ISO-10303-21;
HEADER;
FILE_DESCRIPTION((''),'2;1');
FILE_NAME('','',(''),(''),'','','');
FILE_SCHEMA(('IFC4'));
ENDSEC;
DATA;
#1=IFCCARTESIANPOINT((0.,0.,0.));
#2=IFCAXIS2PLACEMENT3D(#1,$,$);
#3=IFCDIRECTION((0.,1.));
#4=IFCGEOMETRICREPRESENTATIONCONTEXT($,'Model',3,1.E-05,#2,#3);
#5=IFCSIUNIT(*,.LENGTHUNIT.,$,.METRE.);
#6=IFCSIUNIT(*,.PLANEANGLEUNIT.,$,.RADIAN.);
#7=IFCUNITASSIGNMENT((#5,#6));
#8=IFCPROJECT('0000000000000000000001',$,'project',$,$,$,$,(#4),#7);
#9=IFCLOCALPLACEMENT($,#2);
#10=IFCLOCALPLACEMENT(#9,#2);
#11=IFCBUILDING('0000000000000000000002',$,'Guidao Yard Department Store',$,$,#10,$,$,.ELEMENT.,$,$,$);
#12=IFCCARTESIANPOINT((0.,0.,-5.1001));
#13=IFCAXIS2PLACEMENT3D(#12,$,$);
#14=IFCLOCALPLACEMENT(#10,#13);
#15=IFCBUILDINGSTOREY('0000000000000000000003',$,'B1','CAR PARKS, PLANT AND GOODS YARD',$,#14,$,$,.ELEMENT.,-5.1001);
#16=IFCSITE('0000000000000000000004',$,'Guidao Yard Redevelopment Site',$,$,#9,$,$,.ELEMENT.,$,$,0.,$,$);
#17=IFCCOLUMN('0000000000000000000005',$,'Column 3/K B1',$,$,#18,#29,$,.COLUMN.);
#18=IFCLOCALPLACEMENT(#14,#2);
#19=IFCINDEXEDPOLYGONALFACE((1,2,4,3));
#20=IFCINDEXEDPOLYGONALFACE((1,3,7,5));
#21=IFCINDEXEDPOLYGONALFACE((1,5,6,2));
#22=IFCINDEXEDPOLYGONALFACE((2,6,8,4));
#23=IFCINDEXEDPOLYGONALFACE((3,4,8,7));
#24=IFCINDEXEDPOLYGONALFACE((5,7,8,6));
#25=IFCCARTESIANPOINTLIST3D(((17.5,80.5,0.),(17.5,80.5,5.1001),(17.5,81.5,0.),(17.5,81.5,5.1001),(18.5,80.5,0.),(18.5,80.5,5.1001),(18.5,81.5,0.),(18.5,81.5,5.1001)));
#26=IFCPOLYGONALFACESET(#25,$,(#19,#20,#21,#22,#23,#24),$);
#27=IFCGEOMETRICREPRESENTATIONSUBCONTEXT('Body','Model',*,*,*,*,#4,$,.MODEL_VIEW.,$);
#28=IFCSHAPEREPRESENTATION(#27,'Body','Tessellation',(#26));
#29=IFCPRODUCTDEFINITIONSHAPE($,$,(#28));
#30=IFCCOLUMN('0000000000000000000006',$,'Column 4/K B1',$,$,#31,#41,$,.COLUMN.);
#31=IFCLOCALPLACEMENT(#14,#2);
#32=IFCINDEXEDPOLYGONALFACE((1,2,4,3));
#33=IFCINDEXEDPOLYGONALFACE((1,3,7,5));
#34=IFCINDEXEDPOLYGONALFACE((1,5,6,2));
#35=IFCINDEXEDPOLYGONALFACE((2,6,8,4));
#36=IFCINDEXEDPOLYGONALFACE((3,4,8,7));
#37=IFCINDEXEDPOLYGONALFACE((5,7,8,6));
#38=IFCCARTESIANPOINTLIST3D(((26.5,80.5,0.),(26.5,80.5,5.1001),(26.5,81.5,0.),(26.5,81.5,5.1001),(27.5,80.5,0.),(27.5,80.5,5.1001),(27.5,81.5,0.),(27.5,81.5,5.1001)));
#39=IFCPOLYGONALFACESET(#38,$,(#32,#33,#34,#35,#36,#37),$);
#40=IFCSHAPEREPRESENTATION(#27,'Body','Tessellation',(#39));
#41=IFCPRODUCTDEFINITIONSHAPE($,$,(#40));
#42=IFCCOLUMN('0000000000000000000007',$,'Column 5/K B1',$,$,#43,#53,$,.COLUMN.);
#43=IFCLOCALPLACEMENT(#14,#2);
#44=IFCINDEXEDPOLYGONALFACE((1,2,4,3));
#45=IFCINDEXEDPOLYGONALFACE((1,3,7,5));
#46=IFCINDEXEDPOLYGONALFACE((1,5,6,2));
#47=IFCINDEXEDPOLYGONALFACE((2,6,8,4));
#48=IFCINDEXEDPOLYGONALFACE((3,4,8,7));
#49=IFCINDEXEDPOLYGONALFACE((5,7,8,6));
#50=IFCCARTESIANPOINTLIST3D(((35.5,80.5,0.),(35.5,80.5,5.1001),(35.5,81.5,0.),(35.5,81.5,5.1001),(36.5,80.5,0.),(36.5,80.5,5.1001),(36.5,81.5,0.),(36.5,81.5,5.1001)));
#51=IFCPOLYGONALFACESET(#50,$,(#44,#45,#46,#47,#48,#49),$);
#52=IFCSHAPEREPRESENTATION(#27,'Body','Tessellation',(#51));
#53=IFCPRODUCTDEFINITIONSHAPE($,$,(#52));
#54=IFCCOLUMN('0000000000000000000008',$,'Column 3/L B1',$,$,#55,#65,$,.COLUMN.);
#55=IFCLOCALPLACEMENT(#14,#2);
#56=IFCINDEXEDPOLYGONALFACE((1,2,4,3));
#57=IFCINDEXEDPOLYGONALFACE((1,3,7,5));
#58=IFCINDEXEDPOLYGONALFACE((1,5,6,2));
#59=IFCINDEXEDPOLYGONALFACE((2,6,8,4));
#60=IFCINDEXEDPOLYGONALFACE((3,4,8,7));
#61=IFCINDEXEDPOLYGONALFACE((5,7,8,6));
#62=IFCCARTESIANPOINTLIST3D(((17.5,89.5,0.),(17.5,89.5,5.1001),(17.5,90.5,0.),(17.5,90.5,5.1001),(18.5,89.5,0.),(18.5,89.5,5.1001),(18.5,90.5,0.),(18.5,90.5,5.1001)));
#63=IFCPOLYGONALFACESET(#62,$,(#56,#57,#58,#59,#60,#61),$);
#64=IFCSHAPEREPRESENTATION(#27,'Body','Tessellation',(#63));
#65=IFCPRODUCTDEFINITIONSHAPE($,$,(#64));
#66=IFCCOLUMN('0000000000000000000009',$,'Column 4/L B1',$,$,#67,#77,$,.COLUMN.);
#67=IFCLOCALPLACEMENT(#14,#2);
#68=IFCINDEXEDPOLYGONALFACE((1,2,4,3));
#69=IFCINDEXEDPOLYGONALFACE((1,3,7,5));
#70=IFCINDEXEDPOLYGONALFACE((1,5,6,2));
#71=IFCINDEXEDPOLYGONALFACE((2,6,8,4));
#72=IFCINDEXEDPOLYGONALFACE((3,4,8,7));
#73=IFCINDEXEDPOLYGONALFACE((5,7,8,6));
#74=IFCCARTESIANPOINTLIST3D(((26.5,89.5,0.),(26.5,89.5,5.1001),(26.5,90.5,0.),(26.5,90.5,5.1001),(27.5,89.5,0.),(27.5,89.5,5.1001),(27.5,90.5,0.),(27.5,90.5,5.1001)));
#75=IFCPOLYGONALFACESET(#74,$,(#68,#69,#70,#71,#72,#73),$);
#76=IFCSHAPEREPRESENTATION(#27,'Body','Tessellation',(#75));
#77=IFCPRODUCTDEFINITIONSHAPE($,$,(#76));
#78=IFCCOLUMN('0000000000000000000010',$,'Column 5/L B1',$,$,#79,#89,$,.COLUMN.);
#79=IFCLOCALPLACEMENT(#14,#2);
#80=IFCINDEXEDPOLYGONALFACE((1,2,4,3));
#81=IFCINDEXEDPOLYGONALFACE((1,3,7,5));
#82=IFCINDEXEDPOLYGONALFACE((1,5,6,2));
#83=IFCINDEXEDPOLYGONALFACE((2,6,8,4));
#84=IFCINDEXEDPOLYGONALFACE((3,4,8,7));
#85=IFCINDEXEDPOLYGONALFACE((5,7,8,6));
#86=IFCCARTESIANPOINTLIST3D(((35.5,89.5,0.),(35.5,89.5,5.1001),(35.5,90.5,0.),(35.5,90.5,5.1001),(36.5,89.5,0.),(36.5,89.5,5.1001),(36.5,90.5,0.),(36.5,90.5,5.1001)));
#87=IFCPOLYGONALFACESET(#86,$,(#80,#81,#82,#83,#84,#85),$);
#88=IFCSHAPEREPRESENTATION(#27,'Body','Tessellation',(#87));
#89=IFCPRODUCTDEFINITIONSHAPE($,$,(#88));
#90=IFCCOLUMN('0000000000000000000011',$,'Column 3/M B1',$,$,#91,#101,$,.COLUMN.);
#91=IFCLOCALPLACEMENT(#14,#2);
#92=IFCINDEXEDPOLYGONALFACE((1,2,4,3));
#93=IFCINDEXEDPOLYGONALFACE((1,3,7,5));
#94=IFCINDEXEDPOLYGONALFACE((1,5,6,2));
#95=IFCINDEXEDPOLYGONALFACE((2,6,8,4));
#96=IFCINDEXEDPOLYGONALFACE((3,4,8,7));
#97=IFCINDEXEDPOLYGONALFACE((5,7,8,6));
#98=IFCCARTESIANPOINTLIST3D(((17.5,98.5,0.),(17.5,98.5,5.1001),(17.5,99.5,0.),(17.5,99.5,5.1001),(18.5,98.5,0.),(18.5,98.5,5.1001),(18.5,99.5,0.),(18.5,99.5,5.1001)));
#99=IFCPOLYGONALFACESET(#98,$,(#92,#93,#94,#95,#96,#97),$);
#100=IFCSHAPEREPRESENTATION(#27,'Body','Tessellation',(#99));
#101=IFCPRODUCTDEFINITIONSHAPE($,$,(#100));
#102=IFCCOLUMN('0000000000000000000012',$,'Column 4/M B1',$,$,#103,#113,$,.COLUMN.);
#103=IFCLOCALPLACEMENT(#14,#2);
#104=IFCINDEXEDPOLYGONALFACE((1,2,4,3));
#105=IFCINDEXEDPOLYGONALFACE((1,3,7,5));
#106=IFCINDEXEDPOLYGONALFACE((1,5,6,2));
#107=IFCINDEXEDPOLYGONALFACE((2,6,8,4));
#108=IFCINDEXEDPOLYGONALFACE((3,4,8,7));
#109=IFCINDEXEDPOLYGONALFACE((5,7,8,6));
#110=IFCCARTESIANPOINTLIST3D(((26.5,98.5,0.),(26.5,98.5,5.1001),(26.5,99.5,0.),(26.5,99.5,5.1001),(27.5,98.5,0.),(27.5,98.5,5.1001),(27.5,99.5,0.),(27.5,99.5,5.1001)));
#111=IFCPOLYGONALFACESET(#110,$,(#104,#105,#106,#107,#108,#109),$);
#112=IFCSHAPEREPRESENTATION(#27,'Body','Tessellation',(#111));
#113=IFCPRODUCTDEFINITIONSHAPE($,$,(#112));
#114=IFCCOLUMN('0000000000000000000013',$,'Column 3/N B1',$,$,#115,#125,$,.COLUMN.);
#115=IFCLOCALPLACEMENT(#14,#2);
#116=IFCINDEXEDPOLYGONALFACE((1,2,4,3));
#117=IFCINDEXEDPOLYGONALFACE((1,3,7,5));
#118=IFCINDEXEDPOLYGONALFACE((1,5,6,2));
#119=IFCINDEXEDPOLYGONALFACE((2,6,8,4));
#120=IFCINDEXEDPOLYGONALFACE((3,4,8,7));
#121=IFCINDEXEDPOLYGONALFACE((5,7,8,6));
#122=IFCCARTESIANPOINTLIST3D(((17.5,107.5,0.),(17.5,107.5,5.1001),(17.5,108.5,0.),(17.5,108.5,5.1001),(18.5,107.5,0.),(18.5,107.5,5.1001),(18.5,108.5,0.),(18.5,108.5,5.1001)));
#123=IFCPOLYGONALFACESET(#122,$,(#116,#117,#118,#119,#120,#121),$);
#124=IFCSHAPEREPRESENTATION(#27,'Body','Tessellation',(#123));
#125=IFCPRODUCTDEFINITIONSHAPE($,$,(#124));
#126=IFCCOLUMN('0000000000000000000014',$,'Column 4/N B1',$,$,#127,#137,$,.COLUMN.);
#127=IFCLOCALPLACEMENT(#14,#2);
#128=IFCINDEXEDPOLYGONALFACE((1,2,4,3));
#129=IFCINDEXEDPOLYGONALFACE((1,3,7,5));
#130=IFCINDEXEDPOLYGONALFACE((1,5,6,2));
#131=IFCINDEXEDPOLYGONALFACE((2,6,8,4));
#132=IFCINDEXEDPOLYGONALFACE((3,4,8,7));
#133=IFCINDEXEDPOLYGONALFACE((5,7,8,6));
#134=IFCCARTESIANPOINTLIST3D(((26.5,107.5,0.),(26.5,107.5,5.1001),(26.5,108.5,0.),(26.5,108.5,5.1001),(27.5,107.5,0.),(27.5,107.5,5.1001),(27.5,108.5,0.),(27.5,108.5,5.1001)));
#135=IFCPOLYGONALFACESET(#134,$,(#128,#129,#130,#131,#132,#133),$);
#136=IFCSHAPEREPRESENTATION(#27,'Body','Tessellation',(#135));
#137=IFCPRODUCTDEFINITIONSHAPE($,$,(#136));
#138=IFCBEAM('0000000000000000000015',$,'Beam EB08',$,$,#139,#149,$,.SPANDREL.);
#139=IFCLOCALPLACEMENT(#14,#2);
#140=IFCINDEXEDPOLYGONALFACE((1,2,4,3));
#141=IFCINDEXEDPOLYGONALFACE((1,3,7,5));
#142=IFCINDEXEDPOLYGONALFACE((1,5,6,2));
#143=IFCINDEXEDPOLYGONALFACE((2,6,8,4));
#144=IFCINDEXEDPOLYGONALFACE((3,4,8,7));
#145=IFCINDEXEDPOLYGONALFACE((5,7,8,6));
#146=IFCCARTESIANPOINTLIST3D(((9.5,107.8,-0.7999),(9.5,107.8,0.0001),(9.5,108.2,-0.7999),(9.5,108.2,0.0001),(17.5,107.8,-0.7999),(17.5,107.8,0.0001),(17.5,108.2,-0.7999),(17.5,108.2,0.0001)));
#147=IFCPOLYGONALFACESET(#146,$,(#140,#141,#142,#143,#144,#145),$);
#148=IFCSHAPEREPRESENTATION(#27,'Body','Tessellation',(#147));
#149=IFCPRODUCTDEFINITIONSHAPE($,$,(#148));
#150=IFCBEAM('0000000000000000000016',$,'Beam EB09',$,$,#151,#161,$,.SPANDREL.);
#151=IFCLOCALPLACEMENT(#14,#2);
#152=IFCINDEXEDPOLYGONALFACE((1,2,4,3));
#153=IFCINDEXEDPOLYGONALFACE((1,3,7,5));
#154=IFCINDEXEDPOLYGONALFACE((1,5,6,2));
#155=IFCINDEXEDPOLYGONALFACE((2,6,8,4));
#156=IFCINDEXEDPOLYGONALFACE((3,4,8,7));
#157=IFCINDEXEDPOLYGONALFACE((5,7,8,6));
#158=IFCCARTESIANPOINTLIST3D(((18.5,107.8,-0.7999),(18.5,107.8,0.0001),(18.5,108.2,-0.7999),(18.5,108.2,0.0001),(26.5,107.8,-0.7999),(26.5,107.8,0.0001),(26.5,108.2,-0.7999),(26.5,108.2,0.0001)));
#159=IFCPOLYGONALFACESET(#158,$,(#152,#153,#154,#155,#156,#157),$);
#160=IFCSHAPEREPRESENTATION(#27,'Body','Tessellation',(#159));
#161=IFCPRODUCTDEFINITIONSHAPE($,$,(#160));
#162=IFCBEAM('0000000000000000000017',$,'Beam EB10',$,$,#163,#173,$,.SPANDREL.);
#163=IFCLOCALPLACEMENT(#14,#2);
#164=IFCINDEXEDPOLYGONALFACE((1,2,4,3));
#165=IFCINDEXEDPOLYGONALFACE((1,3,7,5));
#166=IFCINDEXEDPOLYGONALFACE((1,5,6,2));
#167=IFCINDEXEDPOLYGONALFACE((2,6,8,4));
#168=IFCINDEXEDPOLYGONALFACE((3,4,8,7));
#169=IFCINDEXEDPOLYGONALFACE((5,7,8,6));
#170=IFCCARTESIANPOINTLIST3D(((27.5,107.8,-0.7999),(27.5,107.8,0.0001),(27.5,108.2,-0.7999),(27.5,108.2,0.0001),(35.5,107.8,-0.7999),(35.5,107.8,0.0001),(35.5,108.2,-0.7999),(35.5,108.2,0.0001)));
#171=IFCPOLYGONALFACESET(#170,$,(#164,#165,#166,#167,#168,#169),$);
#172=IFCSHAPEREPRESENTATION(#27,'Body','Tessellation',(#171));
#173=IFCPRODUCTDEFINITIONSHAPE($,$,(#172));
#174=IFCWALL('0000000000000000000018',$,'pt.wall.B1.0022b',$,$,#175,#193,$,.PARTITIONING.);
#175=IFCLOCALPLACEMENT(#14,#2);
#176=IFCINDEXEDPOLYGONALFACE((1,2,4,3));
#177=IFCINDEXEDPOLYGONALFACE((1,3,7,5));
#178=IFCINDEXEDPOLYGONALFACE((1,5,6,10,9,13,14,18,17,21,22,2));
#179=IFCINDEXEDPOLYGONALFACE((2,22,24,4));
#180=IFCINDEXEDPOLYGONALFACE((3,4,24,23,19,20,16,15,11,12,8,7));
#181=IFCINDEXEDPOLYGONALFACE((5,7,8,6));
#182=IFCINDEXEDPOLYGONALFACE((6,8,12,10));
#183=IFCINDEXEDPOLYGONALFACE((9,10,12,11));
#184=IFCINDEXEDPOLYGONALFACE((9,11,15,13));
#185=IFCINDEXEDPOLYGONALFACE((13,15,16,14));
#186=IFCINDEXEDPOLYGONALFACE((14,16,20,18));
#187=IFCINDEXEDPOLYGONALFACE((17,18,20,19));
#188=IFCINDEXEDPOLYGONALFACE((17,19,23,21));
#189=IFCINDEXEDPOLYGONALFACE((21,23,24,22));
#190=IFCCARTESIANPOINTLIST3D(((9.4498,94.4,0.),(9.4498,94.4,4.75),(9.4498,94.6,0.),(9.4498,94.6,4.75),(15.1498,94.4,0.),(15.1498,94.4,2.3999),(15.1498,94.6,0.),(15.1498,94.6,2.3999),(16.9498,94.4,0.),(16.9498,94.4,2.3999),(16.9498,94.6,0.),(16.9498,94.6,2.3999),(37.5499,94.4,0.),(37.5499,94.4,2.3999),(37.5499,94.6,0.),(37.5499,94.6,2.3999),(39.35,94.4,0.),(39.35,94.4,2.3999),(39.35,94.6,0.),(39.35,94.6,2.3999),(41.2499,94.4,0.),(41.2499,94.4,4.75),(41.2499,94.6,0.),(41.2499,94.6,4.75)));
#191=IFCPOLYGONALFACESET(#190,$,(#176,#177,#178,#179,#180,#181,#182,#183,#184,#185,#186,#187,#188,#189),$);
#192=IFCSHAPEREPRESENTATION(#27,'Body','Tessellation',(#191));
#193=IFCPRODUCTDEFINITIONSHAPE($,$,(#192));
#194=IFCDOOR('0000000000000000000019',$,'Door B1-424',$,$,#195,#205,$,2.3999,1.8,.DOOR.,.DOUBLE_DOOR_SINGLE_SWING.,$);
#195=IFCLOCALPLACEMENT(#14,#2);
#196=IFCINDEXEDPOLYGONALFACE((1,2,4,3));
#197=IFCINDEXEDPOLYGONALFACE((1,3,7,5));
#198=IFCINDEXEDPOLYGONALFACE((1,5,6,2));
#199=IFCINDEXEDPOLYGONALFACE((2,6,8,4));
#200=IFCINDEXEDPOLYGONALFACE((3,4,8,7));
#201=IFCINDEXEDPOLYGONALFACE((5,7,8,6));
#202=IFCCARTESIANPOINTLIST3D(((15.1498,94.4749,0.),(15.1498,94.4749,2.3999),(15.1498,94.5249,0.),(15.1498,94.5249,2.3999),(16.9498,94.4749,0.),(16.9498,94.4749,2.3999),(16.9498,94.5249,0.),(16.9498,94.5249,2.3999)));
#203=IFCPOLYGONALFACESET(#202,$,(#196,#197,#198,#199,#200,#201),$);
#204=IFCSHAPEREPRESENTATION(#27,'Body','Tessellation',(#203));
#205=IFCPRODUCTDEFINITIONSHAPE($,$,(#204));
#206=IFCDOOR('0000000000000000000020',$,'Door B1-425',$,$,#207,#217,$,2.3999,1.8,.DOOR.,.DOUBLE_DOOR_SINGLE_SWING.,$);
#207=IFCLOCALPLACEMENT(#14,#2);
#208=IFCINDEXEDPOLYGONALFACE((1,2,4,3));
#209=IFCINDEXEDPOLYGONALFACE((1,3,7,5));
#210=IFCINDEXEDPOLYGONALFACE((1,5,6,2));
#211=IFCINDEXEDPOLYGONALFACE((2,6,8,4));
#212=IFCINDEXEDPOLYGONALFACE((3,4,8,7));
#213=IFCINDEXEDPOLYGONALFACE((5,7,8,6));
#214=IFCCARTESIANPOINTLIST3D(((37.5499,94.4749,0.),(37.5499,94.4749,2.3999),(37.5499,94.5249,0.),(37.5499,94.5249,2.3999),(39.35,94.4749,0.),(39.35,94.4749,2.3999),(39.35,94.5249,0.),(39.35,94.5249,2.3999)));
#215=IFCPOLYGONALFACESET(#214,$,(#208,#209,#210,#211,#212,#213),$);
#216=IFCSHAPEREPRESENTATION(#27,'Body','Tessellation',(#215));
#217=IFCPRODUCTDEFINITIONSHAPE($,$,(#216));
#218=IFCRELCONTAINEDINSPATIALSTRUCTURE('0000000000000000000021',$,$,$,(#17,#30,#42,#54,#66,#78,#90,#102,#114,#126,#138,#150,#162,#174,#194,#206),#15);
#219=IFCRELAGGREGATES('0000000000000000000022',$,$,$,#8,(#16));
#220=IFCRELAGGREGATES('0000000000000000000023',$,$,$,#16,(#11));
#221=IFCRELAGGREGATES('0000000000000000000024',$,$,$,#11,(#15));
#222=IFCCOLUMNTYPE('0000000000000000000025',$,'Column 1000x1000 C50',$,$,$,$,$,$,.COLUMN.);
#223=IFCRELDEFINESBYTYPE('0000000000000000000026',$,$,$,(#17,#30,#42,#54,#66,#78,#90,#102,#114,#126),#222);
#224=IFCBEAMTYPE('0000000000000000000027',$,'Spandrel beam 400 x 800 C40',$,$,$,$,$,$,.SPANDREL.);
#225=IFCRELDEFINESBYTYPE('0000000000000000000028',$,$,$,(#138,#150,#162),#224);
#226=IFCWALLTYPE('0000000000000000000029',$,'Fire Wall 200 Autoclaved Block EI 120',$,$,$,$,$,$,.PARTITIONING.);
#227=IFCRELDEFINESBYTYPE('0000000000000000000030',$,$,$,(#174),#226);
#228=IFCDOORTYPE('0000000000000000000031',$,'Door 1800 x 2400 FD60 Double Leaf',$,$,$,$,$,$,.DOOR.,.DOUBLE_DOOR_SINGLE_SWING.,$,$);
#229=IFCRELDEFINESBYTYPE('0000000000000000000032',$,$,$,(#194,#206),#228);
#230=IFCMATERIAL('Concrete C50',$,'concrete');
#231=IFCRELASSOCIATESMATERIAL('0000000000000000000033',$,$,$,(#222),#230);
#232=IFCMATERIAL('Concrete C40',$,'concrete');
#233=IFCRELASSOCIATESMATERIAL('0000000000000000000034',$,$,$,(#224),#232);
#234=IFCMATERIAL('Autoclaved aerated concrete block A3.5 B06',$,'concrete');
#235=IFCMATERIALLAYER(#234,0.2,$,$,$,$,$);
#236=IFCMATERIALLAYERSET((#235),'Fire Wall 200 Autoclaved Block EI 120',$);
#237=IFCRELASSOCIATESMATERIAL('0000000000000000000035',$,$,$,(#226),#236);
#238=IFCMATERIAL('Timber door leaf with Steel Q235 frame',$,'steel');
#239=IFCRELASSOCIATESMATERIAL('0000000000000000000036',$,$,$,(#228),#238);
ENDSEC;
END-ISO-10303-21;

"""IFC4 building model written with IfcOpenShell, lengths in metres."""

from ifc_helpers import new_model, si_unit, direction, frame, frame_2d, origin, origin_2d, place, context, subcontext, project, spatial, rectangle, extrude, material, layer, layer_set, material_profile, profile_set, type_object, element, fill, save


model = new_model("IFC4")

# Units and contexts
model_context = context("Model", 3, precision=1e-05, world=origin(), true_north=direction((0.0, 1.0)))
body_context = subcontext(model_context, "Body", "Model", "MODEL_VIEW")
ifc_project = project(units=[si_unit("LENGTHUNIT", "METRE"), si_unit("PLANEANGLEUNIT", "RADIAN")], contexts=[model_context])

# Site, building, storey
site_placement = place(None, origin())
site = spatial("IfcSite", under=ifc_project, at=site_placement, Name="Guidao Yard Redevelopment Site", CompositionType="ELEMENT", RefElevation=0.0)
building_placement = place(site_placement, origin())
building = spatial("IfcBuilding", under=site, at=building_placement, Name="Guidao Yard Department Store", CompositionType="ELEMENT")
storey_placement = place(building_placement, frame((0.0, 0.0, -5.1001)))
storey = spatial("IfcBuildingStorey", under=building, at=storey_placement, Name="B1", Description="CAR PARKS, PLANT AND GOODS YARD", CompositionType="ELEMENT", Elevation=-5.1001)

# Columns
ifc_material_1 = material(Name="Concrete C50", Category="concrete")
ifc_material_profile_1 = material_profile(ifc_material_1, rectangle(XDim=1.0, YDim=1.0, at=origin_2d()), Name="COL 1000x1000")
ifc_profile_set_1 = profile_set([ifc_material_profile_1], Name="Concrete C50")
column_type = type_object("IfcColumnType", Name="Column 1000x1000 C50", PredefinedType="COLUMN", material=ifc_profile_set_1)
for number, where, z_axis, x_axis, name in (
    (1, (18.0, 81.0, 0.0), (0.0, 0.0, 1.0), (1.0, 0.0, 0.0), "Column 3/K B1"),
    (2, (27.0, 81.0, 0.0), (0.0, 0.0, 1.0), (1.0, 0.0, 0.0), "Column 4/K B1"),
    (3, (36.0, 81.0, 0.0), (0.0, 0.0, 1.0), (1.0, 0.0, 0.0), "Column 5/K B1"),
    (4, (18.0, 90.0, 0.0), (0.0, 0.0, 1.0), (1.0, 0.0, 0.0), "Column 3/L B1"),
    (5, (27.0, 90.0, 0.0), (0.0, 0.0, 1.0), (1.0, 0.0, 0.0), "Column 4/L B1"),
    (6, (36.0, 90.0, 0.0), (0.0, 0.0, 1.0), (1.0, 0.0, 0.0), "Column 5/L B1"),
    (7, (18.0, 99.0, 0.0), (0.0, 0.0, 1.0), (1.0, 0.0, 0.0), "Column 3/M B1"),
    (8, (27.0, 99.0, 0.0), (0.0, 0.0, 1.0), (1.0, 0.0, 0.0), "Column 4/M B1"),
    (9, (18.0, 108.0, 0.0), (0.0, 0.0, 1.0), (1.0, 0.0, 0.0), "Column 3/N B1"),
    (10, (27.0, 108.0, 0.0), (0.0, 0.0, 1.0), (1.0, 0.0, 0.0), "Column 4/N B1"),
):
    element("IfcColumn", number, at=place(storey_placement, frame(where, z_axis=z_axis, x_axis=x_axis)), inside=storey, type_object=column_type, Name=name, PredefinedType="COLUMN", context=body_context, shape_type="SweptSolid", body=[
        extrude(rectangle(XDim=1.0, YDim=1.0, at=origin_2d()), origin(), (0.0, 0.0, 1.0), 5.1001),
    ])

# Beams
ifc_material_2 = material(Name="Concrete C40", Category="concrete")
ifc_material_profile_2 = material_profile(ifc_material_2, rectangle(XDim=0.3999, YDim=0.8, at=origin_2d()), Name="Spandrel beam 400 x 800 C40")
ifc_profile_set_2 = profile_set([ifc_material_profile_2], Name="Concrete C40")
beam_type = type_object("IfcBeamType", Name="Spandrel beam 400 x 800 C40", PredefinedType="SPANDREL", material=ifc_profile_set_2)
for number, where, z_axis, x_axis, name in (
    (11, (9.5, 108.0, -0.3999), (1.0, 0.0, 0.0), (0.0, 1.0, 0.0), "Beam EB08"),
    (12, (18.5, 108.0, -0.3999), (1.0, 0.0, 0.0), (0.0, 1.0, 0.0), "Beam EB09"),
    (13, (27.5, 108.0, -0.3999), (1.0, 0.0, 0.0), (0.0, 1.0, 0.0), "Beam EB10"),
):
    element("IfcBeam", number, at=place(storey_placement, frame(where, z_axis=z_axis, x_axis=x_axis)), inside=storey, type_object=beam_type, Name=name, PredefinedType="SPANDREL", context=body_context, shape_type="SweptSolid", body=[
        extrude(rectangle(XDim=0.3999, YDim=0.8, at=origin_2d()), origin(), (0.0, 0.0, 1.0), 8.0),
    ])

# Wall, openings, doors
ifc_material_3 = material(Name="Autoclaved aerated concrete block A3.5 B06", Category="concrete")
ifc_layer_1 = layer(ifc_material_3, 0.2)
ifc_layer_set_1 = layer_set([ifc_layer_1], Name="Fire Wall 200 Autoclaved Block EI 120")
wall_type_1 = type_object("IfcWallType", Name="Fire Wall 200 Autoclaved Block EI 120", PredefinedType="PARTITIONING", material=ifc_layer_set_1)
wall_1_placement = place(storey_placement, frame((9.45, 94.5, 0.0), z_axis=(0.0, 0.0, 1.0), x_axis=(1.0, 0.0, 0.0)))
wall_1 = element("IfcWall", 14, at=wall_1_placement, inside=storey, type_object=wall_type_1, Name="pt.wall.B1.0022b", PredefinedType="PARTITIONING", context=body_context, shape_type="SweptSolid", body=[
    extrude(rectangle(XDim=31.8, YDim=0.2, at=frame_2d((15.8999, 0.0))), origin(), (0.0, 0.0, 1.0), 4.75),
])
opening_1_placement = place(wall_1_placement, frame((5.7, 0.0, 0.0)))
opening_1 = element("IfcOpeningElement", 15, at=opening_1_placement, cuts=wall_1, PredefinedType="OPENING", context=body_context, shape_type="SweptSolid", body=[
    extrude(rectangle(XDim=1.8, YDim=2.3999, at=frame_2d((0.8999, 1.2))), frame((0.0, 0.1099, 0.0), z_axis=(0.0, -1.0, 0.0), x_axis=(1.0, 0.0, 0.0)), (0.0, 0.0, 1.0), 0.22),
])
opening_2_placement = place(wall_1_placement, frame((28.1001, 0.0, 0.0)))
opening_2 = element("IfcOpeningElement", 16, at=opening_2_placement, cuts=wall_1, PredefinedType="OPENING", context=body_context, shape_type="SweptSolid", body=[
    extrude(rectangle(XDim=1.8, YDim=2.3999, at=frame_2d((0.8999, 1.2))), frame((0.0, 0.1099, 0.0), z_axis=(0.0, -1.0, 0.0), x_axis=(1.0, 0.0, 0.0)), (0.0, 0.0, 1.0), 0.22),
])
ifc_material_4 = material(Name="Timber door leaf with Steel Q235 frame", Category="steel")
door_type = type_object("IfcDoorType", Name="Door 1800 x 2400 FD60 Double Leaf", OperationType="DOUBLE_DOOR_SINGLE_SWING", PredefinedType="DOOR", material=ifc_material_4)
door_1_placement = place(opening_1_placement, origin())
door_1 = element("IfcDoor", 17, at=door_1_placement, inside=storey, type_object=door_type, Name="Door B1-424", OperationType="DOUBLE_DOOR_SINGLE_SWING", OverallHeight=2.3999, OverallWidth=1.8, PredefinedType="DOOR", context=body_context, shape_type="SweptSolid", body=[
    extrude(rectangle(XDim=1.8, YDim=2.3999, at=frame_2d((0.8999, 1.2))), frame((0.0, 0.0249, 0.0), z_axis=(0.0, -1.0, 0.0), x_axis=(1.0, 0.0, 0.0)), (0.0, 0.0, 1.0), 0.05),
])
fill(opening_1, door_1)
door_2_placement = place(opening_2_placement, origin())
door_2 = element("IfcDoor", 18, at=door_2_placement, inside=storey, type_object=door_type, Name="Door B1-425", OperationType="DOUBLE_DOOR_SINGLE_SWING", OverallHeight=2.3999, OverallWidth=1.8, PredefinedType="DOOR", context=body_context, shape_type="SweptSolid", body=[
    extrude(rectangle(XDim=1.8, YDim=2.3999, at=frame_2d((0.8999, 1.2))), frame((0.0, 0.0249, 0.0), z_axis=(0.0, -1.0, 0.0), x_axis=(1.0, 0.0, 0.0)), (0.0, 0.0, 1.0), 0.05),
])
fill(opening_2, door_2)

save(model, "model.ifc")
